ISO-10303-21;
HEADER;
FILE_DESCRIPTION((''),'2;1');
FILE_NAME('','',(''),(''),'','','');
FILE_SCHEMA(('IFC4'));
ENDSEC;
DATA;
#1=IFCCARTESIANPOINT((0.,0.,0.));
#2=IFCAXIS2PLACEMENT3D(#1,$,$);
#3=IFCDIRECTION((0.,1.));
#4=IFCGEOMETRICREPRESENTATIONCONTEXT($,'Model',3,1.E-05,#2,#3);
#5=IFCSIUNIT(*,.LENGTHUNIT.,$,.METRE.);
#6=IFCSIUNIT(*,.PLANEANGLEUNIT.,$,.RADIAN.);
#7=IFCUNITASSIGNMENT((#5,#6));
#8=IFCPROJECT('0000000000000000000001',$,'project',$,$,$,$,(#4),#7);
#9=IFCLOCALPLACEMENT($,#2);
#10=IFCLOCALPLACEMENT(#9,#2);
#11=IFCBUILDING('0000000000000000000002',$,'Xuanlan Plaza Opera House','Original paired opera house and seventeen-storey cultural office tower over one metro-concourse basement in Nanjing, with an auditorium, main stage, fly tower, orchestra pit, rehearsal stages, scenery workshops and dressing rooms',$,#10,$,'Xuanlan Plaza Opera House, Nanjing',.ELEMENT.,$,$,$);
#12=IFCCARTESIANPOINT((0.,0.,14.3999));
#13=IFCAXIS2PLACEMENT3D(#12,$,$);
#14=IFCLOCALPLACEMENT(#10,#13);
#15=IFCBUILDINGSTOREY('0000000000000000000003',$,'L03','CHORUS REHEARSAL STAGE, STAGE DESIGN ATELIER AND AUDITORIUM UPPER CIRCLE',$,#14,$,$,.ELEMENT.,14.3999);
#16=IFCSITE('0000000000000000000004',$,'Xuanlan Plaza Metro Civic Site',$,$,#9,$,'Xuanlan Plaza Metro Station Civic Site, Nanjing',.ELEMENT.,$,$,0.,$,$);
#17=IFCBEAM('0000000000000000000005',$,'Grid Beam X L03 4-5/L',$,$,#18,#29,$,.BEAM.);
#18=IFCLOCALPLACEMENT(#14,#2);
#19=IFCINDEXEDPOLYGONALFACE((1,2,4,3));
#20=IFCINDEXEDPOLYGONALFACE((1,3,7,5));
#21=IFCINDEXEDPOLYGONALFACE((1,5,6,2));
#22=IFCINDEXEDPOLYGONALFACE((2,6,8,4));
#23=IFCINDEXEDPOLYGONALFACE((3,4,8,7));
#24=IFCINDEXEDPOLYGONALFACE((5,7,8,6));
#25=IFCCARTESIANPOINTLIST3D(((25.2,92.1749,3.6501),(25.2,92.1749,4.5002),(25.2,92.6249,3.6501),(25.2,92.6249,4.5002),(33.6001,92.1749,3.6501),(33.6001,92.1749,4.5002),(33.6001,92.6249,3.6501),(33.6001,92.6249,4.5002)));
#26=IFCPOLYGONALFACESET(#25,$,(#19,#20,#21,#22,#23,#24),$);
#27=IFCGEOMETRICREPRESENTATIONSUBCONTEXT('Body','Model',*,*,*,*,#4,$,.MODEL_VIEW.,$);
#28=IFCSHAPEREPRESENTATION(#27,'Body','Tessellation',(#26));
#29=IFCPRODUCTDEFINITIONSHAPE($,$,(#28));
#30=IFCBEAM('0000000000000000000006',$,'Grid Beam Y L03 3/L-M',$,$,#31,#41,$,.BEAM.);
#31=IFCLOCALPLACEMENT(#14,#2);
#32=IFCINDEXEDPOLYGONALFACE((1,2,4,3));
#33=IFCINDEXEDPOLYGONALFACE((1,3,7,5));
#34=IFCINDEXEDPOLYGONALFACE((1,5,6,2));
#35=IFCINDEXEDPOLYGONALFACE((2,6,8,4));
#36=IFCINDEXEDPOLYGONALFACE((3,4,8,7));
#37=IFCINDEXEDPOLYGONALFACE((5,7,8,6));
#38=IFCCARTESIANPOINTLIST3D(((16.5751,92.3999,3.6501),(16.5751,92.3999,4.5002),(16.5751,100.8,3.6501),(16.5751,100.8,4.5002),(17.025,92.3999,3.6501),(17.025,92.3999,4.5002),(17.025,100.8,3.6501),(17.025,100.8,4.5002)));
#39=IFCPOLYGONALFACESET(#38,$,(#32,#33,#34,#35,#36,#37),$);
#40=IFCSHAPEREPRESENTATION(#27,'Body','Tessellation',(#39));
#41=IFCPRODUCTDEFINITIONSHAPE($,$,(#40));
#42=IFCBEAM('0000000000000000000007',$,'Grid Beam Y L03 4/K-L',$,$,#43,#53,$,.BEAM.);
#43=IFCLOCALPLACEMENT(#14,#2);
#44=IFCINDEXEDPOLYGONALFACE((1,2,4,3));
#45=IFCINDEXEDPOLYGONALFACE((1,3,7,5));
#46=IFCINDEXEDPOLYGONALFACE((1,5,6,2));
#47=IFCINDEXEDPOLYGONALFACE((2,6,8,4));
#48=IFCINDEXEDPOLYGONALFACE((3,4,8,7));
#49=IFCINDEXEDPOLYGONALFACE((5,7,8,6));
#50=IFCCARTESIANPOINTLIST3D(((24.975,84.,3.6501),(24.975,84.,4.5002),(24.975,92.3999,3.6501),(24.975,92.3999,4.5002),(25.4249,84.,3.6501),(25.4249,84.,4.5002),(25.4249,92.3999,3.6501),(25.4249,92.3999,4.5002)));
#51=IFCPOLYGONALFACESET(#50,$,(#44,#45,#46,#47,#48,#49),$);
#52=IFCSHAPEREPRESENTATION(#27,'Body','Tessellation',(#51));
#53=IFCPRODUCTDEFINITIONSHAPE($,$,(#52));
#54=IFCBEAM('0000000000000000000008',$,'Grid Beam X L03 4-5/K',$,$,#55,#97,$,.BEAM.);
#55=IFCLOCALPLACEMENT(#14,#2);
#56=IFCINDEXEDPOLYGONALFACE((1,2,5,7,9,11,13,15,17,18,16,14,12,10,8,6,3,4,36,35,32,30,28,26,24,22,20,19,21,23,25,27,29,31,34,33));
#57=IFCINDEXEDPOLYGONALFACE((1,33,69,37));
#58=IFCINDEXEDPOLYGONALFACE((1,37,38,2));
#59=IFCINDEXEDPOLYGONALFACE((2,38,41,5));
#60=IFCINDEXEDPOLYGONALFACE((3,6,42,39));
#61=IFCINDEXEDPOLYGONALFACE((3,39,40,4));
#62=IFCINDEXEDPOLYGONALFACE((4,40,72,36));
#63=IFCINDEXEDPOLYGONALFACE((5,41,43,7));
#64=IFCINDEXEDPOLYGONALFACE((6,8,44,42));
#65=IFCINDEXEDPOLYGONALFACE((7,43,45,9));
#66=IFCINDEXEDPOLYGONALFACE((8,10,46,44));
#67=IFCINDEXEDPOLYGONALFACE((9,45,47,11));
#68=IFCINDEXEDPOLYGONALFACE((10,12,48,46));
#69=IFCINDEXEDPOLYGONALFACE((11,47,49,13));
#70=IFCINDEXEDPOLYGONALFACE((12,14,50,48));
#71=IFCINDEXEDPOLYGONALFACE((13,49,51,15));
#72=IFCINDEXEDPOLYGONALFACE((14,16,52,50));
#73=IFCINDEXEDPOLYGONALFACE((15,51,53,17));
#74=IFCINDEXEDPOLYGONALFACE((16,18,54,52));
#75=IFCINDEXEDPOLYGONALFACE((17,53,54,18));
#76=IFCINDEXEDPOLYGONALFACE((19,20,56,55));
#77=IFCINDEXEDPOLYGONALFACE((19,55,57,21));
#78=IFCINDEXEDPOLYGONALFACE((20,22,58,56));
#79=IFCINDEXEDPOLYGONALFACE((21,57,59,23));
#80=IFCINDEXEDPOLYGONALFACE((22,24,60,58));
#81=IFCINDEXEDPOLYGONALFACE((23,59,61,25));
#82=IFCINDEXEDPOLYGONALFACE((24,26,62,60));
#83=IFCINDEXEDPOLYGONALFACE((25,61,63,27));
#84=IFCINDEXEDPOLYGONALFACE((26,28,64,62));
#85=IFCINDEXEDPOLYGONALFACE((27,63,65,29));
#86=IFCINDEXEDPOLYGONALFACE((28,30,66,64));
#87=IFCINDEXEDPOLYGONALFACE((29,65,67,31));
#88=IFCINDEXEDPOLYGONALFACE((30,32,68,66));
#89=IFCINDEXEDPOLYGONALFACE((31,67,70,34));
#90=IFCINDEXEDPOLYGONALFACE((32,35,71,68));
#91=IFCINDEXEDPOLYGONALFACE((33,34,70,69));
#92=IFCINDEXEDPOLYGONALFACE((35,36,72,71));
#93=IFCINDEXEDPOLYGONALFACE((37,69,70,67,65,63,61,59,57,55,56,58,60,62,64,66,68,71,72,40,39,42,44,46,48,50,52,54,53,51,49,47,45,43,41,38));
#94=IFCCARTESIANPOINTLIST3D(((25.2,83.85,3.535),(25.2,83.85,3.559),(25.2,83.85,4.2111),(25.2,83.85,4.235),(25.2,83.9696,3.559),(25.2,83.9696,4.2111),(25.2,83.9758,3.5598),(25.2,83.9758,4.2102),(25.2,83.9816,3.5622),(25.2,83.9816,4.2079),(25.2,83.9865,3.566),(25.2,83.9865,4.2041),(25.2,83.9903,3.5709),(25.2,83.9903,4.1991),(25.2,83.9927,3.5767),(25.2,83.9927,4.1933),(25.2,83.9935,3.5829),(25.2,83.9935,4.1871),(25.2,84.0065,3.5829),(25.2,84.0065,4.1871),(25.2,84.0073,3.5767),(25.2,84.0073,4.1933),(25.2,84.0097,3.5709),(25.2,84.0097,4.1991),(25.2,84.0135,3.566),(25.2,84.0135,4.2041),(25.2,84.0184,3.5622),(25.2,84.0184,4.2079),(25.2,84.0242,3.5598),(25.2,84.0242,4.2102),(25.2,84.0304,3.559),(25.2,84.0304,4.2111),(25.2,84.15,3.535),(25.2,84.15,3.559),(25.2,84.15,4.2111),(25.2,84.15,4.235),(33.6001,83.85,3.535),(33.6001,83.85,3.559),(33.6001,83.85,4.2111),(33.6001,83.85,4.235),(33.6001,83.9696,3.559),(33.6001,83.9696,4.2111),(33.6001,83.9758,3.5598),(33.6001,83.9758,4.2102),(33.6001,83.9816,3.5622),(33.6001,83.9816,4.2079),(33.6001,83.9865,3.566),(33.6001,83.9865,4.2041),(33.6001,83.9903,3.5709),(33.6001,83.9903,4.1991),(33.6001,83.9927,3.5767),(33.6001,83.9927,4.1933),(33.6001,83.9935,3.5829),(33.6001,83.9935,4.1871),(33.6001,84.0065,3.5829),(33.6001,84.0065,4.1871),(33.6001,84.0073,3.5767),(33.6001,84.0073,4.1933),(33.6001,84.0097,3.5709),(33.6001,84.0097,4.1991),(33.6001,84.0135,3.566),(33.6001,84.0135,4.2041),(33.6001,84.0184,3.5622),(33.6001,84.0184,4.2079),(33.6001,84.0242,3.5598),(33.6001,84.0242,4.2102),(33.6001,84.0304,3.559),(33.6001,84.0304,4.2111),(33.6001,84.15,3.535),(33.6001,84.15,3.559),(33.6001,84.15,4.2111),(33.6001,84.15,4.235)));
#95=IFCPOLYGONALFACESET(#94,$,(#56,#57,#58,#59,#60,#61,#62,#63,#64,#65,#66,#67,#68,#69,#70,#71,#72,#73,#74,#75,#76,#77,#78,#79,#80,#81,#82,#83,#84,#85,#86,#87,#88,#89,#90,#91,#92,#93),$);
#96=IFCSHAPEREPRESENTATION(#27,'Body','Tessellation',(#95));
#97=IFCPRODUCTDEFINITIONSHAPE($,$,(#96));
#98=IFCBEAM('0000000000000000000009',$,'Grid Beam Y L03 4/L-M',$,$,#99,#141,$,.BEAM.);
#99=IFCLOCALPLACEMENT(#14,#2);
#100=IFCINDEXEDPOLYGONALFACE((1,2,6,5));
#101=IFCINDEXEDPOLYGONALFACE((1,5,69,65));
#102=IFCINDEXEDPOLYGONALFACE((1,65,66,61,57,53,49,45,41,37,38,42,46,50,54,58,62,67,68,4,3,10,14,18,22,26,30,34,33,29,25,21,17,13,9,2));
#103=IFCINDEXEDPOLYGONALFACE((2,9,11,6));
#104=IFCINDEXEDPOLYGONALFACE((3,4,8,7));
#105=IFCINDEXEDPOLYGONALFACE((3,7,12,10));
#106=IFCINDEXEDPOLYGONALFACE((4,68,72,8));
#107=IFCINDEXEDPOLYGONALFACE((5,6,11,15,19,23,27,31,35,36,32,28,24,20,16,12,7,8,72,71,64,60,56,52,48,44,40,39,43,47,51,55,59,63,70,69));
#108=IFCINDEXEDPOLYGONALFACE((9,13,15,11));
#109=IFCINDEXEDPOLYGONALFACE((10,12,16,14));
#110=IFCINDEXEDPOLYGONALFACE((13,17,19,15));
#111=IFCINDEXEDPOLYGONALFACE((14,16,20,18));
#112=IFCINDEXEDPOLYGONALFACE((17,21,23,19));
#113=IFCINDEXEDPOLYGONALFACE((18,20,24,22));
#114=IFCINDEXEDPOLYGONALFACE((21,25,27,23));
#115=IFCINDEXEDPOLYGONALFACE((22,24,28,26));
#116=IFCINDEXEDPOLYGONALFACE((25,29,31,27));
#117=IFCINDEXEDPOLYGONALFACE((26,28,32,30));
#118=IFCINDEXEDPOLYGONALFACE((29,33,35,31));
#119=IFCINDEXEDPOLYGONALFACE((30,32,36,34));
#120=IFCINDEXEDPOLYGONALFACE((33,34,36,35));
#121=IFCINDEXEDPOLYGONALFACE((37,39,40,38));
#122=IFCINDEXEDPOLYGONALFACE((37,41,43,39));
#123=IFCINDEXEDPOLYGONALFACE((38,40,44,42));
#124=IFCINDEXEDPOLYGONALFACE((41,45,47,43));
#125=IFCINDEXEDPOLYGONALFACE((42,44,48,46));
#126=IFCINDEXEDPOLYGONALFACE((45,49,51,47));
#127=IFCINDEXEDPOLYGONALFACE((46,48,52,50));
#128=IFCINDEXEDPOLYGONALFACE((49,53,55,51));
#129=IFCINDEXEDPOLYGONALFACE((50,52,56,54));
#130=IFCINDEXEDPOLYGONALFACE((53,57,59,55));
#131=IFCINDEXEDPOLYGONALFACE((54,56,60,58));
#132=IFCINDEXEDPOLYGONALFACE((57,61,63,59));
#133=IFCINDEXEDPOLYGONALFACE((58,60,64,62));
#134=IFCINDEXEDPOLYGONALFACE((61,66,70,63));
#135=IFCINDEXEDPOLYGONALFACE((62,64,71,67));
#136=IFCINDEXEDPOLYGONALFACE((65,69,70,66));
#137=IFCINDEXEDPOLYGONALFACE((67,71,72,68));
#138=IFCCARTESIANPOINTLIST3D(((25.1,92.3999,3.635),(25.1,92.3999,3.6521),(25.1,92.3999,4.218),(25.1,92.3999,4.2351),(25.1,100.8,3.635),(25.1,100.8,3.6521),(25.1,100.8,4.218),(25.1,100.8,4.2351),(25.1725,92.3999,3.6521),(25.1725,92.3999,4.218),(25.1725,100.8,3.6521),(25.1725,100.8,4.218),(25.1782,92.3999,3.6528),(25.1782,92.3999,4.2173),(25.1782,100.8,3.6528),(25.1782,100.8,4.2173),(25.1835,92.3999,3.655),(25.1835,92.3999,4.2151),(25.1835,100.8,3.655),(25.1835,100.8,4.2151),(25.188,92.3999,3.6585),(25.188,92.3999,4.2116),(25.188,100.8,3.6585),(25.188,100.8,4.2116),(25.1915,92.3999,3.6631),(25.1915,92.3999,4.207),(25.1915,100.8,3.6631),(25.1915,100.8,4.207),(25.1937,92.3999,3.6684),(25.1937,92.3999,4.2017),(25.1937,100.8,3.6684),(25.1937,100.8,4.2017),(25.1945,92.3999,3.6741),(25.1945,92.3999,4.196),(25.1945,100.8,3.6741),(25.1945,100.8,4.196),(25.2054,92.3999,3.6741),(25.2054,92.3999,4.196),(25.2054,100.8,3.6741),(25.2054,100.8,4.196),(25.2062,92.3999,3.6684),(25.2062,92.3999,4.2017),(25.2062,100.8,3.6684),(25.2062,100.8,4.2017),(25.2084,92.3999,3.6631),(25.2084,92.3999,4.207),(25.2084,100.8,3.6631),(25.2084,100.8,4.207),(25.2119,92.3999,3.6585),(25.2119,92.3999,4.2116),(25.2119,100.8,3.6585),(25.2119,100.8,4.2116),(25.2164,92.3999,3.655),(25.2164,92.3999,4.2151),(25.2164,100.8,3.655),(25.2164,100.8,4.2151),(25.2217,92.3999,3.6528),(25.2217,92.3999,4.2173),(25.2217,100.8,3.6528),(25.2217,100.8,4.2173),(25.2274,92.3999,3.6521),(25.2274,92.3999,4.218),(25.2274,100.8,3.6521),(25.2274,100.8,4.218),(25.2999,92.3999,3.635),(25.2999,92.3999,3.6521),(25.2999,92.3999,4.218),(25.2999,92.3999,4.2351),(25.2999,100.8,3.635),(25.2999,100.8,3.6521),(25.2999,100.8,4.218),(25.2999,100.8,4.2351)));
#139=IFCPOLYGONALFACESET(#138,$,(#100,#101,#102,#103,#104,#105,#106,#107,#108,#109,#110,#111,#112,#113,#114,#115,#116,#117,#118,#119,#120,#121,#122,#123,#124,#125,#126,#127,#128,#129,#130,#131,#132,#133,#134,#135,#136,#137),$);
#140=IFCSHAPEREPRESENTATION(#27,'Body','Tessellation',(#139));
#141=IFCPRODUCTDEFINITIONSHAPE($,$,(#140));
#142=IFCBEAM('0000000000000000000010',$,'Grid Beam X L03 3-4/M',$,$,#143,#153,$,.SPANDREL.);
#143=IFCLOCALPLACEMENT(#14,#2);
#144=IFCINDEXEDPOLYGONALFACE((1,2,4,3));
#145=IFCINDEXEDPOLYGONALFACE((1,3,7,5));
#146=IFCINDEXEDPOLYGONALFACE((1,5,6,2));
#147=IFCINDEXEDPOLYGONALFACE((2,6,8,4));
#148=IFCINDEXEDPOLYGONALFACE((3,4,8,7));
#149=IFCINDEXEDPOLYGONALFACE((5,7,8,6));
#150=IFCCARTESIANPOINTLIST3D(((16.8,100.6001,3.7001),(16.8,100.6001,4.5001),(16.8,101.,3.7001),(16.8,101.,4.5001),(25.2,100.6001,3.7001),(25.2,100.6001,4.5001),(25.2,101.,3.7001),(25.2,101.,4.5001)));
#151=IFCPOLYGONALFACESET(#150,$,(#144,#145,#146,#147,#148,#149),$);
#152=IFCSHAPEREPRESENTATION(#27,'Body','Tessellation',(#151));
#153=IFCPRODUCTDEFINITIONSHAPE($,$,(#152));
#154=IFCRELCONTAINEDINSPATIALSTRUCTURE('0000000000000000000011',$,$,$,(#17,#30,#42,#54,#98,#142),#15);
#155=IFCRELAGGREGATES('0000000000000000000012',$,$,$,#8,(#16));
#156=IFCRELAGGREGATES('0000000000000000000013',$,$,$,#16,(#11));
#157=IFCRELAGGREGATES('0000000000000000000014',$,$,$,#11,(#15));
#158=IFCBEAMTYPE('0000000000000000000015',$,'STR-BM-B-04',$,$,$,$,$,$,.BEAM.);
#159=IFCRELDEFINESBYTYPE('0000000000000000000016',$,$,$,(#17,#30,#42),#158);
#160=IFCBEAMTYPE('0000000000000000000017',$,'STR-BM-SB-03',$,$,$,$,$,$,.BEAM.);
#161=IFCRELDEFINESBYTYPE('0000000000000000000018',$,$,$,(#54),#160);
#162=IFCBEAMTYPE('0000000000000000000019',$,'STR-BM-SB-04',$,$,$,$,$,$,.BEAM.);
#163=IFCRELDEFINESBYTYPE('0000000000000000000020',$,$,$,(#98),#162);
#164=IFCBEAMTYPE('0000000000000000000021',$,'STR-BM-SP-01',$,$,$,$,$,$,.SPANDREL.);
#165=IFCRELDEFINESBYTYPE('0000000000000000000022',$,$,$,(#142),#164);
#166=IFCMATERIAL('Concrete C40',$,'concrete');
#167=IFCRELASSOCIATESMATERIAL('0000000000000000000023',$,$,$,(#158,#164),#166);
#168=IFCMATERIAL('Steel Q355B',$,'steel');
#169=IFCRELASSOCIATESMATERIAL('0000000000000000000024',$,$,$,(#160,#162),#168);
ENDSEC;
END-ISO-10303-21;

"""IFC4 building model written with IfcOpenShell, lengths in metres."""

from ifc_helpers import new_model, si_unit, direction, frame, origin, origin_2d, place, context, subcontext, project, spatial, rectangle, i_section, extrude, material, material_profile, profile_set, type_object, element, save


model = new_model("IFC4")

# Units and contexts
model_context = context("Model", 3, precision=1e-05, world=origin(), true_north=direction((0.0, 1.0)))
body_context = subcontext(model_context, "Body", "Model", "MODEL_VIEW")
ifc_project = project(units=[si_unit("LENGTHUNIT", "METRE"), si_unit("PLANEANGLEUNIT", "RADIAN")], contexts=[model_context])

# Site, building, storey
site_placement = place(None, origin())
site = spatial("IfcSite", under=ifc_project, at=site_placement, Name="Xuanlan Plaza Metro Civic Site", LongName="Xuanlan Plaza Metro Station Civic Site, Nanjing", CompositionType="ELEMENT", RefElevation=0.0)
building_placement = place(site_placement, origin())
building = spatial("IfcBuilding", under=site, at=building_placement, Name="Xuanlan Plaza Opera House", Description="Original paired opera house and seventeen-storey cultural office tower over one metro-concourse basement in Nanjing, with an auditorium, main stage, fly tower, orchestra pit, rehearsal stages, scenery workshops and dressing rooms", LongName="Xuanlan Plaza Opera House, Nanjing", CompositionType="ELEMENT")
storey_placement = place(building_placement, frame((0.0, 0.0, 14.3999)))
storey = spatial("IfcBuildingStorey", under=building, at=storey_placement, Name="L03", Description="CHORUS REHEARSAL STAGE, STAGE DESIGN ATELIER AND AUDITORIUM UPPER CIRCLE", CompositionType="ELEMENT", Elevation=14.3999)

# Shared definitions
ifc_material_1 = material(Name="Concrete C40", Category="concrete")

# Beams
ifc_material_profile_1 = material_profile(ifc_material_1, rectangle(XDim=0.45, YDim=0.8501, at=origin_2d()), Name="RC-BM 450x850")
ifc_profile_set_1 = profile_set([ifc_material_profile_1], Name="Concrete C40")
beam_type_1 = type_object("IfcBeamType", Name="STR-BM-B-04", PredefinedType="BEAM", material=ifc_profile_set_1)
for number, where, z_axis, x_axis, name in (
    (1, (25.2, 92.3999, 4.0752), (1.0, 0.0, 0.0), (0.0, 1.0, 0.0), "Grid Beam X L03 4-5/L"),
    (2, (16.8, 92.3999, 4.0752), (0.0, 1.0, 0.0), (-1.0, 0.0, 0.0), "Grid Beam Y L03 3/L-M"),
):
    element("IfcBeam", number, at=place(storey_placement, frame(where, z_axis=z_axis, x_axis=x_axis)), inside=storey, type_object=beam_type_1, Name=name, PredefinedType="BEAM", context=body_context, shape_type="SweptSolid", body=[
        extrude(rectangle(XDim=0.45, YDim=0.8501, at=origin_2d()), origin(), (0.0, 0.0, 1.0), 8.4001),
    ])
beam_1_placement = place(storey_placement, frame((25.2, 84.0, 4.0752), z_axis=(0.0, 1.0, 0.0), x_axis=(-1.0, 0.0, 0.0)))
element("IfcBeam", 3, at=beam_1_placement, inside=storey, type_object=beam_type_1, Name="Grid Beam Y L03 4/K-L", PredefinedType="BEAM", context=body_context, shape_type="SweptSolid", body=[
    extrude(rectangle(XDim=0.45, YDim=0.8501, at=origin_2d()), origin(), (0.0, 0.0, 1.0), 8.3999),
])
ifc_material_2 = material(Name="Steel Q355B", Category="steel")
ifc_material_profile_2 = material_profile(ifc_material_2, i_section(OverallWidth=0.3, OverallDepth=0.7, WebThickness=0.0129, FlangeThickness=0.0239, FilletRadius=0.0239, at=origin_2d()), Name="HN 700x300x13x24")
ifc_profile_set_2 = profile_set([ifc_material_profile_2], Name="Steel Q355B")
beam_type_2 = type_object("IfcBeamType", Name="STR-BM-SB-03", PredefinedType="BEAM", material=ifc_profile_set_2)
beam_2_placement = place(storey_placement, frame((25.2, 84.0, 3.885), z_axis=(1.0, 0.0, 0.0), x_axis=(0.0, 1.0, 0.0)))
element("IfcBeam", 4, at=beam_2_placement, inside=storey, type_object=beam_type_2, Name="Grid Beam X L03 4-5/K", PredefinedType="BEAM", context=body_context, shape_type="SweptSolid", body=[
    extrude(i_section(OverallWidth=0.3, OverallDepth=0.7, WebThickness=0.0129, FlangeThickness=0.0239, FilletRadius=0.0239, at=origin_2d()), origin(), (0.0, 0.0, 1.0), 8.4001),
])
ifc_material_profile_3 = material_profile(ifc_material_2, i_section(OverallWidth=0.2, OverallDepth=0.6001, WebThickness=0.011, FlangeThickness=0.0171, FilletRadius=0.022, at=origin_2d()), Name="HN 600x200x11x17")
ifc_profile_set_3 = profile_set([ifc_material_profile_3], Name="Steel Q355B")
beam_type_3 = type_object("IfcBeamType", Name="STR-BM-SB-04", PredefinedType="BEAM", material=ifc_profile_set_3)
beam_3_placement = place(storey_placement, frame((25.2, 92.3999, 3.9351), z_axis=(0.0, 1.0, 0.0), x_axis=(-1.0, 0.0, 0.0)))
element("IfcBeam", 5, at=beam_3_placement, inside=storey, type_object=beam_type_3, Name="Grid Beam Y L03 4/L-M", PredefinedType="BEAM", context=body_context, shape_type="SweptSolid", body=[
    extrude(i_section(OverallWidth=0.2, OverallDepth=0.6001, WebThickness=0.011, FlangeThickness=0.0171, FilletRadius=0.022, at=origin_2d()), origin(), (0.0, 0.0, 1.0), 8.4001),
])
ifc_material_profile_4 = material_profile(ifc_material_1, rectangle(XDim=0.3999, YDim=0.8, at=origin_2d()), Name="RC-SPD 400x800")
ifc_profile_set_4 = profile_set([ifc_material_profile_4], Name="Concrete C40")
beam_type_4 = type_object("IfcBeamType", Name="STR-BM-SP-01", PredefinedType="SPANDREL", material=ifc_profile_set_4)
beam_4_placement = place(storey_placement, frame((16.8, 100.8, 4.1001), z_axis=(1.0, 0.0, 0.0), x_axis=(0.0, 1.0, 0.0)))
element("IfcBeam", 6, at=beam_4_placement, inside=storey, type_object=beam_type_4, Name="Grid Beam X L03 3-4/M", PredefinedType="SPANDREL", context=body_context, shape_type="SweptSolid", body=[
    extrude(rectangle(XDim=0.3999, YDim=0.8, at=origin_2d()), origin(), (0.0, 0.0, 1.0), 8.3999),
])

save(model, "model.ifc")
